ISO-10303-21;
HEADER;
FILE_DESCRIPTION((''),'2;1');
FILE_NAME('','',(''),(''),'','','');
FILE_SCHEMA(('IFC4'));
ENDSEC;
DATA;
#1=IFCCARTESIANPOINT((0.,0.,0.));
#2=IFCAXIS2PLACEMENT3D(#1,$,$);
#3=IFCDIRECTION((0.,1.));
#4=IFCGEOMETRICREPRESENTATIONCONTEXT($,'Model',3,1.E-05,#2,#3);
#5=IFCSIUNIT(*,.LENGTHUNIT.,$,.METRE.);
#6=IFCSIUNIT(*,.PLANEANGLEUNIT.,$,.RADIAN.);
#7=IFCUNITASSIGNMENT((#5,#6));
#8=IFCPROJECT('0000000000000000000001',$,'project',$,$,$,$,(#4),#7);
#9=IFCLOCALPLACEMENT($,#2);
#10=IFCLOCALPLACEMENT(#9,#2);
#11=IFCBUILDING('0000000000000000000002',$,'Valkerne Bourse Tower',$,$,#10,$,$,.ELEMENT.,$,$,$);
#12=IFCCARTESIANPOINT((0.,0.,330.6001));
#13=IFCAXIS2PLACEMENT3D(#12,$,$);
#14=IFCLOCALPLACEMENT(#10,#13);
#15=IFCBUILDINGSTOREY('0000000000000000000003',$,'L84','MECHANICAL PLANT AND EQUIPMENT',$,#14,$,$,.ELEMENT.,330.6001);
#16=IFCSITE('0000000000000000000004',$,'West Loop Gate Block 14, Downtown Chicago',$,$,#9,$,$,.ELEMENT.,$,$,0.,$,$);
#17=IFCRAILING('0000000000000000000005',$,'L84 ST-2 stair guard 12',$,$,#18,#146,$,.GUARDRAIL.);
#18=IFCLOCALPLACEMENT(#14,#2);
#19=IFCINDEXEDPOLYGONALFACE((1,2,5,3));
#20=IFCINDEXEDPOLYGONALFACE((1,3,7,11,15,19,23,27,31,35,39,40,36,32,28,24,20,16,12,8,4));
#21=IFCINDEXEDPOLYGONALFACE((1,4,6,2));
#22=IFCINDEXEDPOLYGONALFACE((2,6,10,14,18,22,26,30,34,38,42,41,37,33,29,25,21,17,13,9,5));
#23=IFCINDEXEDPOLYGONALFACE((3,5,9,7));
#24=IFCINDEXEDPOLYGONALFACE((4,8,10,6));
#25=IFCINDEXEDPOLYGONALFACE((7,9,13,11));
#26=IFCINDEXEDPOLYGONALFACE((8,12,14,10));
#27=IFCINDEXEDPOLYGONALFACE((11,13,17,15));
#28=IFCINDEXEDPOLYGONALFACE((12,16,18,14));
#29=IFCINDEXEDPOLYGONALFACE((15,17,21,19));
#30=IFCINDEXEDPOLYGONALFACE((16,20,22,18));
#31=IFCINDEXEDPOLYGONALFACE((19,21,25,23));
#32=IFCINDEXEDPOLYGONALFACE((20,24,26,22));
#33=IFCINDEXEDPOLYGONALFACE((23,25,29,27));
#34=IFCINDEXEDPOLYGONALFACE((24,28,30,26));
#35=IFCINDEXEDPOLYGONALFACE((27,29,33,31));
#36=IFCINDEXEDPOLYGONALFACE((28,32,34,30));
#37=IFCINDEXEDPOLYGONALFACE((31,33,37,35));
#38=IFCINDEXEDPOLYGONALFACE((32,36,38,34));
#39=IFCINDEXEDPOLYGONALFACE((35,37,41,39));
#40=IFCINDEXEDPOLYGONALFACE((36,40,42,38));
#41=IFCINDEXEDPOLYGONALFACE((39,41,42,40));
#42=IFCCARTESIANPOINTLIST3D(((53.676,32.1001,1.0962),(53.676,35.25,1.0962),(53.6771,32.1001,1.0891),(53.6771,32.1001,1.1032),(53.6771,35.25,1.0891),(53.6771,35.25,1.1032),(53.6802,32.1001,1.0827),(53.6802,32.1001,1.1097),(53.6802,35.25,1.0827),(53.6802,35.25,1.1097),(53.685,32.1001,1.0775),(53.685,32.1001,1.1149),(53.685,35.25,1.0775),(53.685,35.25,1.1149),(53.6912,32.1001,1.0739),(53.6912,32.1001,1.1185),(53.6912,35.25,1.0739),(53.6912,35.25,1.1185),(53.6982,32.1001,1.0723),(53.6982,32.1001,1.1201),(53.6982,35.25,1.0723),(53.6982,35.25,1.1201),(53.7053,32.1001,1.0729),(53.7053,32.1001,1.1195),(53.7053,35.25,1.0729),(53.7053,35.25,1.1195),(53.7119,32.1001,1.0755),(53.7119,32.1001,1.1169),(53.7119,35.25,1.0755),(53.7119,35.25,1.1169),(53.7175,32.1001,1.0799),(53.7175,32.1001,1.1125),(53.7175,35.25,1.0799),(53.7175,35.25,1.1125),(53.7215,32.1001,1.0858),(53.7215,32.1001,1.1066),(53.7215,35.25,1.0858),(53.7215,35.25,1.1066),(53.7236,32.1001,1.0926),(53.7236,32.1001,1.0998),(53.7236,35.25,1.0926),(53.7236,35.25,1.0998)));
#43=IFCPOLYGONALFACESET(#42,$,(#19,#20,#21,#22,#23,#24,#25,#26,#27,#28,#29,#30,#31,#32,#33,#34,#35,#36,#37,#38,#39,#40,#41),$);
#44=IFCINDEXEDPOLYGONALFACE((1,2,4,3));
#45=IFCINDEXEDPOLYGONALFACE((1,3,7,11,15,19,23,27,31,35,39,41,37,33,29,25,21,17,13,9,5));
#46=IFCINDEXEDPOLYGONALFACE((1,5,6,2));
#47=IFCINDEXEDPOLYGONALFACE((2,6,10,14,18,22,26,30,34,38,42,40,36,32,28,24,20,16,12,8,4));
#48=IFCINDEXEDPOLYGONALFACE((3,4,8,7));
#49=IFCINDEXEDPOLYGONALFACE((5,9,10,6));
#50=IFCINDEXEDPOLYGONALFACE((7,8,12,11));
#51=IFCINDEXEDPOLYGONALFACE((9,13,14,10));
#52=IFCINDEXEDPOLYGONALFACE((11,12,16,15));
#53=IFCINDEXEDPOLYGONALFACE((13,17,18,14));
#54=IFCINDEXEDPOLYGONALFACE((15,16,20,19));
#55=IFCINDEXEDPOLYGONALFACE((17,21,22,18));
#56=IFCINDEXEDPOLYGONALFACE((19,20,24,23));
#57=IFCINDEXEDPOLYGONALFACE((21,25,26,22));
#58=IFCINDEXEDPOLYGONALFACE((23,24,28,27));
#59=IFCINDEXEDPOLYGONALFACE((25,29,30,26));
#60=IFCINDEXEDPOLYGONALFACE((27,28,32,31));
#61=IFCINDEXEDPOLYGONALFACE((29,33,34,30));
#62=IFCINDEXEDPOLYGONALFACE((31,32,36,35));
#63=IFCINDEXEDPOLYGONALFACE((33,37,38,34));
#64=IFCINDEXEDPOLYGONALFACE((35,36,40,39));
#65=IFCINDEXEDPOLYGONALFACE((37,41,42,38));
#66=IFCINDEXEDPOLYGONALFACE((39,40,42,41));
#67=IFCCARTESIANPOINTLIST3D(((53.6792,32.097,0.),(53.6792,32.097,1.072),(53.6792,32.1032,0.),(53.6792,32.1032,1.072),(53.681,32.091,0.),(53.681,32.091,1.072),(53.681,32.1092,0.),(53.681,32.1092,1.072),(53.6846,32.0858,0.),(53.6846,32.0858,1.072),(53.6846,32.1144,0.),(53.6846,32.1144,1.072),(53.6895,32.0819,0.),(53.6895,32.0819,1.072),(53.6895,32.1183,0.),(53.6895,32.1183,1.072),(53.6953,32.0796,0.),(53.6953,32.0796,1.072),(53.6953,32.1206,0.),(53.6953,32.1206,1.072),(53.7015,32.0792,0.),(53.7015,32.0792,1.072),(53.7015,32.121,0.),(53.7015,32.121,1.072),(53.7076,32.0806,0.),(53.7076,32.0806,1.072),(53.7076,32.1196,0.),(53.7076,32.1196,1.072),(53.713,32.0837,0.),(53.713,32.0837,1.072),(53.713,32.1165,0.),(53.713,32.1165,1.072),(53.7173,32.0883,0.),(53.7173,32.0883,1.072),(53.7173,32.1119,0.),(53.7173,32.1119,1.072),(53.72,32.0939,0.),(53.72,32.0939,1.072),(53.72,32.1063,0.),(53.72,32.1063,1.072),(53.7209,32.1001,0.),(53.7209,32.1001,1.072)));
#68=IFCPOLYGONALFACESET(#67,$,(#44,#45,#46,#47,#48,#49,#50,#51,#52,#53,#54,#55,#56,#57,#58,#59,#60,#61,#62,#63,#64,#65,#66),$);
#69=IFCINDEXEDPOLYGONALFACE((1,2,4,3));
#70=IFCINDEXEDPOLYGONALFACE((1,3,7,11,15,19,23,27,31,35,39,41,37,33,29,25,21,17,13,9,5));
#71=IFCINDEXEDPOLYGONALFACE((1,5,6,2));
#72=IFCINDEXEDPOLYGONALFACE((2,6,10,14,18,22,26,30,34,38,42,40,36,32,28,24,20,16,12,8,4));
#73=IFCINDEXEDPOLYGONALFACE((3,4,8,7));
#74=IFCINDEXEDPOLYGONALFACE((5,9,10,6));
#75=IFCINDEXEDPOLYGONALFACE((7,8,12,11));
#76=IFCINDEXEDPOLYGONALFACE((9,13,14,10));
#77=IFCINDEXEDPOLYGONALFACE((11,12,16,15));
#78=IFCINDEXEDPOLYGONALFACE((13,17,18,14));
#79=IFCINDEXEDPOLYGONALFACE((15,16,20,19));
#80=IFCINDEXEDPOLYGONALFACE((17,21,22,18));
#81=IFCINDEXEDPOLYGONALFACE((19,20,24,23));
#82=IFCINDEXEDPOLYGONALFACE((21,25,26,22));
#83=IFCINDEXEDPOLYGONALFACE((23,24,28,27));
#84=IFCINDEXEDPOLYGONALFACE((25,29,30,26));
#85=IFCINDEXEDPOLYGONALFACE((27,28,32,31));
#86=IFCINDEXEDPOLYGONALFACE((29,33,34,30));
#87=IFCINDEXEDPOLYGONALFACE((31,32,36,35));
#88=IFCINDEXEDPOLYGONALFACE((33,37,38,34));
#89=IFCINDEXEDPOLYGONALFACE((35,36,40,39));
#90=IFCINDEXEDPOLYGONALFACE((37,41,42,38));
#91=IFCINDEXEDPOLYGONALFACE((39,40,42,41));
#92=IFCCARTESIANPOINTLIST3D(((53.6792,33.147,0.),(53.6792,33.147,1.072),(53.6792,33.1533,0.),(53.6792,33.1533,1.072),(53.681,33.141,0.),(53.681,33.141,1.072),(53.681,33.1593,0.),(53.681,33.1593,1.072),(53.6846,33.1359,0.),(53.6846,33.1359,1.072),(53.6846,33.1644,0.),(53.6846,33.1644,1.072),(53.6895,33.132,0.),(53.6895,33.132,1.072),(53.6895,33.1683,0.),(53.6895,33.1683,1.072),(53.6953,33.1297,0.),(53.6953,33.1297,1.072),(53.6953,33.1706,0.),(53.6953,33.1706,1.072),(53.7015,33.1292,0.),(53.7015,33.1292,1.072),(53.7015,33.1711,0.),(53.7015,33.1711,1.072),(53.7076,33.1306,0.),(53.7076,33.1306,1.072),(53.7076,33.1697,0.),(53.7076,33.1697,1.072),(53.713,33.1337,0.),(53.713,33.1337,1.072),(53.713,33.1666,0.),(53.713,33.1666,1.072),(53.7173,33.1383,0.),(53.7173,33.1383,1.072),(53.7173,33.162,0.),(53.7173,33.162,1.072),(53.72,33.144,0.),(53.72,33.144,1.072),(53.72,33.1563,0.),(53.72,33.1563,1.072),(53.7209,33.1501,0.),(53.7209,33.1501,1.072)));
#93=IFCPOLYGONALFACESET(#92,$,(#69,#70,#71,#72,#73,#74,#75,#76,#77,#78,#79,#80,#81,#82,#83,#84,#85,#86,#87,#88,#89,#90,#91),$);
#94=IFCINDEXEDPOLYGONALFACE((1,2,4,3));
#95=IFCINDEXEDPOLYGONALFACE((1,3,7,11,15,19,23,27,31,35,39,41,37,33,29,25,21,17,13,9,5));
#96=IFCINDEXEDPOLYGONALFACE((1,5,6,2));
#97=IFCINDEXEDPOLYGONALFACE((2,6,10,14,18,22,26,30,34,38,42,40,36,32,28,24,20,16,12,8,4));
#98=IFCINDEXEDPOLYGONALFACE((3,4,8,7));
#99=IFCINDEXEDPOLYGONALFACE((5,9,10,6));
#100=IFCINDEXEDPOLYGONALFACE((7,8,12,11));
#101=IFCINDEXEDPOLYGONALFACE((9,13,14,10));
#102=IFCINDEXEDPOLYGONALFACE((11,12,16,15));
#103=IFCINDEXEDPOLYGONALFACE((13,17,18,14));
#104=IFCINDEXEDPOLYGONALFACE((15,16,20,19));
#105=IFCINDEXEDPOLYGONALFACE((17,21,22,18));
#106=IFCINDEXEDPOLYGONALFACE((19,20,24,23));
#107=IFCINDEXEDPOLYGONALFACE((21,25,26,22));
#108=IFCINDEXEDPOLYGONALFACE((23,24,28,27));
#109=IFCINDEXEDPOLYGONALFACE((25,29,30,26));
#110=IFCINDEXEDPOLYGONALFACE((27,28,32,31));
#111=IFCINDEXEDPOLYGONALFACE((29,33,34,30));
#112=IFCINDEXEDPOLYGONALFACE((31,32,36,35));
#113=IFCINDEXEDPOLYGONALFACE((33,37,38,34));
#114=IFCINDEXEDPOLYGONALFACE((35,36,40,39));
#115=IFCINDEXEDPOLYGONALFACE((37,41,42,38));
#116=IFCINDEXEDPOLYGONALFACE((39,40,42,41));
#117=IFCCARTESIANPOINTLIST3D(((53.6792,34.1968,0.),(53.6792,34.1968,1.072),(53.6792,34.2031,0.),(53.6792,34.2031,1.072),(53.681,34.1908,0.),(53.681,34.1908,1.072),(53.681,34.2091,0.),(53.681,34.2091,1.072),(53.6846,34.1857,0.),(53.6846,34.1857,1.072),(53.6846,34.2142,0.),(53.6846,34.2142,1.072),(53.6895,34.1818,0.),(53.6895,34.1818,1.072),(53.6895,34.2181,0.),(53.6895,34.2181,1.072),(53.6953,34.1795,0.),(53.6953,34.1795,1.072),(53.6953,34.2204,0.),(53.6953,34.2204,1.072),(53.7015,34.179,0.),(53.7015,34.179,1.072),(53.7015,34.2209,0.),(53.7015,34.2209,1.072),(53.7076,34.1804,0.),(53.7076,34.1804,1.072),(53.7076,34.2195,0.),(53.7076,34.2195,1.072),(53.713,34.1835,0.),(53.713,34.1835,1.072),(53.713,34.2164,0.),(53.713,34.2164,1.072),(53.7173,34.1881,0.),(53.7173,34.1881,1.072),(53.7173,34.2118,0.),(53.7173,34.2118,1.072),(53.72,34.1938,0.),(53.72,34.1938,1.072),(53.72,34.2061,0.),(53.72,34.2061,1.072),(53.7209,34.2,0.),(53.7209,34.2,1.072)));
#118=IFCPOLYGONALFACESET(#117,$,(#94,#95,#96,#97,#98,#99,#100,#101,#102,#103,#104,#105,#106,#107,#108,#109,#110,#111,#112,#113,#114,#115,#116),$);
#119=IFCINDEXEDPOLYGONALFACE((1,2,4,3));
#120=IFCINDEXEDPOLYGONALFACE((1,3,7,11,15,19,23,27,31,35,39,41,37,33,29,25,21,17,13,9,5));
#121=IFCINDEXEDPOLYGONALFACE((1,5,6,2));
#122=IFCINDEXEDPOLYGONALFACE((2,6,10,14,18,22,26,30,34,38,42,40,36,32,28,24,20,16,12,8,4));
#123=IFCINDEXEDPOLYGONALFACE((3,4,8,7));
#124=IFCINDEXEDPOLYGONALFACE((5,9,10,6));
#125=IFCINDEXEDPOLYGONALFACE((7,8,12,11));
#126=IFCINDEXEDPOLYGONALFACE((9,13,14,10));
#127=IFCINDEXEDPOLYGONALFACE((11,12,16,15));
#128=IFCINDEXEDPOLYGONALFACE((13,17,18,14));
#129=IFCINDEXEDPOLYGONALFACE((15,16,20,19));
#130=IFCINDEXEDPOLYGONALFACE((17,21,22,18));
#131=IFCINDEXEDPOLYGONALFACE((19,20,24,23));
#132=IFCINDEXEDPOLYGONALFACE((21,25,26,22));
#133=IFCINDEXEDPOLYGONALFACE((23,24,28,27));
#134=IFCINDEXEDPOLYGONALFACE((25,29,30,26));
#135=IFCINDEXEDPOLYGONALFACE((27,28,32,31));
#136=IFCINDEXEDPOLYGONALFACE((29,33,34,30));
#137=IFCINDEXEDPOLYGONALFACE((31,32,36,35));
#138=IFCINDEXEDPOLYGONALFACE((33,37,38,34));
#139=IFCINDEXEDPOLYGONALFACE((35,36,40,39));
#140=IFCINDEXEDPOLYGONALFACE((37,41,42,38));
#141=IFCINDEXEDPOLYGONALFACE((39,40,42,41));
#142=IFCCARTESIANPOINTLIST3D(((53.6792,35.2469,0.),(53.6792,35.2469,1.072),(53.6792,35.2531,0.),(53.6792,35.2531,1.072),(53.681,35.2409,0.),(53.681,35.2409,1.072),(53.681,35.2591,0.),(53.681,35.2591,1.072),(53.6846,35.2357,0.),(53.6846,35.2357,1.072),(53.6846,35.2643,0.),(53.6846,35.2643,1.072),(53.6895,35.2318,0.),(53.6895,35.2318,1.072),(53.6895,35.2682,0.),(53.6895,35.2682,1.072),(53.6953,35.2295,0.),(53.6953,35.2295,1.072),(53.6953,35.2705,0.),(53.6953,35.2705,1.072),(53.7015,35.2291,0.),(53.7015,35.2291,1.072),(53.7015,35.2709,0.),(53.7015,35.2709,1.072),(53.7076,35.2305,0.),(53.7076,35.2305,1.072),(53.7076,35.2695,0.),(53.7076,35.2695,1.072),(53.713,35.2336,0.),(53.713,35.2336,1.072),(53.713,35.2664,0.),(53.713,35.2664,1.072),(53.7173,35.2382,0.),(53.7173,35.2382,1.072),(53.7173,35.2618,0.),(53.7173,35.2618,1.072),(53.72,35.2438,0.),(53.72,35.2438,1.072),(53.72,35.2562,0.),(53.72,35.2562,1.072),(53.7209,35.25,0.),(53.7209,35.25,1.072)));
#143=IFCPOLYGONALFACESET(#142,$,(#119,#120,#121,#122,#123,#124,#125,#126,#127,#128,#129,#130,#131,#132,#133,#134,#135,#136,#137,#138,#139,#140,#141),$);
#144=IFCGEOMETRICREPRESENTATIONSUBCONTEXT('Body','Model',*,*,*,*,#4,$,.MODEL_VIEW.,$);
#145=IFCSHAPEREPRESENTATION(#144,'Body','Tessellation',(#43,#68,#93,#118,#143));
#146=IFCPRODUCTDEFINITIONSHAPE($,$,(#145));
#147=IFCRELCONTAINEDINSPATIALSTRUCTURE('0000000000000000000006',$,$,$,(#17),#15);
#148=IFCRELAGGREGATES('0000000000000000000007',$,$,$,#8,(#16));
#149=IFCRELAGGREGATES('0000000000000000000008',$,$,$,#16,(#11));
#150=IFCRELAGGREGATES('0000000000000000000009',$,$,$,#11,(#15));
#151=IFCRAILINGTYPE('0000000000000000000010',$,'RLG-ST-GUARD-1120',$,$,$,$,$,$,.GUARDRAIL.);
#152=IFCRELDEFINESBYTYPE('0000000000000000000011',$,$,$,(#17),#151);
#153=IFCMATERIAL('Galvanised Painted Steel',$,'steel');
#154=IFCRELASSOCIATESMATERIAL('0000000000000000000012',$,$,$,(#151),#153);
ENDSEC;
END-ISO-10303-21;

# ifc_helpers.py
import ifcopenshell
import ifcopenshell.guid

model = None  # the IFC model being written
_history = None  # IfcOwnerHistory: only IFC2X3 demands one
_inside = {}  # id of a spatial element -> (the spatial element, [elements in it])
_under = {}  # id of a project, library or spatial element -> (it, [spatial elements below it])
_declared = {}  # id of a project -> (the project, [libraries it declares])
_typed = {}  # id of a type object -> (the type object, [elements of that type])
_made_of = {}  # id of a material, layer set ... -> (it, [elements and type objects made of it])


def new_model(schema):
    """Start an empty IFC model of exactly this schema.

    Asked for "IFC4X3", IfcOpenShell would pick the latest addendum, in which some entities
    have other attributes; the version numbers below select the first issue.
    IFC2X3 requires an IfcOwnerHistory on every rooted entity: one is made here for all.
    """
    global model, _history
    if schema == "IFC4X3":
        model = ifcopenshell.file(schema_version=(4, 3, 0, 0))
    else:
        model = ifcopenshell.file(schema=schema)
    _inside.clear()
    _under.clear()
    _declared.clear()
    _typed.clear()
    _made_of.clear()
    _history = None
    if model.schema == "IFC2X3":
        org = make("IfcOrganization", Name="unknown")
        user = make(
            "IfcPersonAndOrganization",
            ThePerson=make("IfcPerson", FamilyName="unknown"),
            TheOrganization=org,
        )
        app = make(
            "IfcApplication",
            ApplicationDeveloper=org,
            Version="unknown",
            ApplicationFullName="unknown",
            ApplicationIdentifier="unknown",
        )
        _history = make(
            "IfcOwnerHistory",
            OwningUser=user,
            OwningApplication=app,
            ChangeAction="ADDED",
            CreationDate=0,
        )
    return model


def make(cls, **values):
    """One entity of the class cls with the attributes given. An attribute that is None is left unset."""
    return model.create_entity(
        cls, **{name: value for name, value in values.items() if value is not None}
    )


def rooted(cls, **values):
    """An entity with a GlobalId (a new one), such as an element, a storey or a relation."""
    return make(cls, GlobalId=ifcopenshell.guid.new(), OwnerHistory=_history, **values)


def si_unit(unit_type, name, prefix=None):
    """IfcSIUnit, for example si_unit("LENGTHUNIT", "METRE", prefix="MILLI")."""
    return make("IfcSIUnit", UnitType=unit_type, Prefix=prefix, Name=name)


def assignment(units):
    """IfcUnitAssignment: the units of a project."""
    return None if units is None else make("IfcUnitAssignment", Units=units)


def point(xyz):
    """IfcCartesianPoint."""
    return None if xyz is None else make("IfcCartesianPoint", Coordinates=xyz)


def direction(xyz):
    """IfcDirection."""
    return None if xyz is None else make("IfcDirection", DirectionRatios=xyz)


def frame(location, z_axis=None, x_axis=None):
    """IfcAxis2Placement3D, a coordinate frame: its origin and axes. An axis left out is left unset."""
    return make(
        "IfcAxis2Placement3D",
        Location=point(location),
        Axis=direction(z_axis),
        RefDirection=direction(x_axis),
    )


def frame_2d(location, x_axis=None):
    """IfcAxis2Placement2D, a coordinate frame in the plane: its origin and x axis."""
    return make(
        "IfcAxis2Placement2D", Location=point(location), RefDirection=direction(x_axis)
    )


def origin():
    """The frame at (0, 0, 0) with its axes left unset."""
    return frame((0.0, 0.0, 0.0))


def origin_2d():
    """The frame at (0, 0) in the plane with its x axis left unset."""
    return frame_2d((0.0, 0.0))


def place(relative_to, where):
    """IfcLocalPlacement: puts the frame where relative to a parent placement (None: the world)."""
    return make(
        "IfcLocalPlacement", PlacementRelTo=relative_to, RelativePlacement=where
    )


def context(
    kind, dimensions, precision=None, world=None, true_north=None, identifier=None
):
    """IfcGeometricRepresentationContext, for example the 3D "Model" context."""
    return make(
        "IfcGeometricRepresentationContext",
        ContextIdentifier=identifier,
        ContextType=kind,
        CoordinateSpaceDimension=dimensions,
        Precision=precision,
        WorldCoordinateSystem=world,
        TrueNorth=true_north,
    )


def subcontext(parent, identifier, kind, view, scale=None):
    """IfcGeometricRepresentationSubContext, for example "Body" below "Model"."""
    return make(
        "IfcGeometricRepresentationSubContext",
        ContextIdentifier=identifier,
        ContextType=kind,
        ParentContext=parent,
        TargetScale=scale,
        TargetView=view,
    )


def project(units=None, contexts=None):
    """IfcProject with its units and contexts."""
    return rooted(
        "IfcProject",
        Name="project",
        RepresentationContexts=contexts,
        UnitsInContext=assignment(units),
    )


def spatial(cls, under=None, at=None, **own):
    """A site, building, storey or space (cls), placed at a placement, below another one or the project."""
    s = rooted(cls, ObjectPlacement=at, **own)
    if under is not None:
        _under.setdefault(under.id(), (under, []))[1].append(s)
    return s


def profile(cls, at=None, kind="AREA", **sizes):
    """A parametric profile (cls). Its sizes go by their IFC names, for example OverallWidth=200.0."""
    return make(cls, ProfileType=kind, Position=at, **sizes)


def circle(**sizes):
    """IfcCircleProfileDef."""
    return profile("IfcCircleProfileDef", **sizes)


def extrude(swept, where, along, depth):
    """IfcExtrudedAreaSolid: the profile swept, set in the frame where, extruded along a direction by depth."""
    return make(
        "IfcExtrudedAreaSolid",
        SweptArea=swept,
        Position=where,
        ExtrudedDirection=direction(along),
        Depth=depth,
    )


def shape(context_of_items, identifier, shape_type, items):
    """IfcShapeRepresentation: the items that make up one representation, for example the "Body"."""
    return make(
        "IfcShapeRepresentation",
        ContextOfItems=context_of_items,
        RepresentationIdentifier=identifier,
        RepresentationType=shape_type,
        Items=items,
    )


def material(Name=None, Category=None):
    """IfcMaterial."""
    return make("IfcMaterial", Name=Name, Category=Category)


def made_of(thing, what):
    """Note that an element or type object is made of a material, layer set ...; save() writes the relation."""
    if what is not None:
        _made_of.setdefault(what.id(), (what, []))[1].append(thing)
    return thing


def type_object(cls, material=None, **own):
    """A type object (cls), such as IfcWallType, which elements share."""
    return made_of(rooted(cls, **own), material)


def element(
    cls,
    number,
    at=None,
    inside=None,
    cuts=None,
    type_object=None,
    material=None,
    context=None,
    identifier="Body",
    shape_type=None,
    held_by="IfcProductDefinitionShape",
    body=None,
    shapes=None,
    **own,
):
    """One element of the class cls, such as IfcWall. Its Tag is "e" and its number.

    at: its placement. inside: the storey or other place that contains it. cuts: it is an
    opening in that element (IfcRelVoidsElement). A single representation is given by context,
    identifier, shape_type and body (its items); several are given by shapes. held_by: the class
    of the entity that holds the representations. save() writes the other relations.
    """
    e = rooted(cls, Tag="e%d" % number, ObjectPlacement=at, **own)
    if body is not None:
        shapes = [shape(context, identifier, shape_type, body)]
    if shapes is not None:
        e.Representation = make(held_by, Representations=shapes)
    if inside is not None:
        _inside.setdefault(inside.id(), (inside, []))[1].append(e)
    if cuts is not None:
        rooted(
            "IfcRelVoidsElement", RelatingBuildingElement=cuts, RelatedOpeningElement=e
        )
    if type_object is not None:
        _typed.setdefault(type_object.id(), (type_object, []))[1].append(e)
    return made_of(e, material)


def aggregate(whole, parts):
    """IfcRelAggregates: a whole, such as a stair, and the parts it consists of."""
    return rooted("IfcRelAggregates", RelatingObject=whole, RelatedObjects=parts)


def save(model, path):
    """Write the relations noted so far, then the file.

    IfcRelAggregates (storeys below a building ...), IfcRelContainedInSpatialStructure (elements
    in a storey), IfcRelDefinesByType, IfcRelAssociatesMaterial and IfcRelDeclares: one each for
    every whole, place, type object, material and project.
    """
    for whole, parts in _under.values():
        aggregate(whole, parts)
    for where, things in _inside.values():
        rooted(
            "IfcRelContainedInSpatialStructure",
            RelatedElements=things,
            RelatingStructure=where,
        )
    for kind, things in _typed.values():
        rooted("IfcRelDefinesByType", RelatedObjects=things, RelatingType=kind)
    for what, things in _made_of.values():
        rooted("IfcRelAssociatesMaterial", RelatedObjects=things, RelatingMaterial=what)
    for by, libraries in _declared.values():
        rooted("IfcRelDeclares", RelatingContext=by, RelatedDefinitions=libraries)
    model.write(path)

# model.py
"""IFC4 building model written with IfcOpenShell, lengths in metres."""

from ifc_helpers import new_model, si_unit, direction, frame, origin, origin_2d, place, context, subcontext, project, spatial, circle, extrude, material, type_object, element, save


model = new_model("IFC4")

# Units and contexts
model_context = context("Model", 3, precision=1e-05, world=origin(), true_north=direction((0.0, 1.0)))
body_context = subcontext(model_context, "Body", "Model", "MODEL_VIEW")
ifc_project = project(units=[si_unit("LENGTHUNIT", "METRE"), si_unit("PLANEANGLEUNIT", "RADIAN")], contexts=[model_context])

# Site, building, storey
site_placement = place(None, origin())
site = spatial("IfcSite", under=ifc_project, at=site_placement, Name="West Loop Gate Block 14, Downtown Chicago", CompositionType="ELEMENT", RefElevation=0.0)
building_placement = place(site_placement, origin())
building = spatial("IfcBuilding", under=site, at=building_placement, Name="Valkerne Bourse Tower", CompositionType="ELEMENT")
storey_placement = place(building_placement, frame((0.0, 0.0, 330.6001)))
storey = spatial("IfcBuildingStorey", under=building, at=storey_placement, Name="L84", Description="MECHANICAL PLANT AND EQUIPMENT", CompositionType="ELEMENT", Elevation=330.6001)

# Railing
ifc_material_1 = material(Name="Galvanised Painted Steel", Category="steel")
railing_type = type_object("IfcRailingType", Name="RLG-ST-GUARD-1120", PredefinedType="GUARDRAIL", material=ifc_material_1)
railing_1_placement = place(storey_placement, frame((53.7, 32.1001, 0.0)))
element("IfcRailing", 1, at=railing_1_placement, inside=storey, type_object=railing_type, Name="L84 ST-2 stair guard 12", PredefinedType="GUARDRAIL", context=body_context, shape_type="SweptSolid", body=[
    extrude(circle(Radius=0.0239, at=origin_2d()), frame((0.0, 0.0, 1.0962), z_axis=(0.0, 1.0, 0.0), x_axis=(-1.0, 0.0, 0.0)), (0.0, 0.0, 1.0), 3.1499),
    extrude(circle(Radius=0.021, at=origin_2d()), origin(), (0.0, 0.0, 1.0), 1.072),
    extrude(circle(Radius=0.021, at=origin_2d()), frame((0.0, 1.05, 0.0)), (0.0, 0.0, 1.0), 1.072),
    extrude(circle(Radius=0.021, at=origin_2d()), frame((0.0, 2.0999, 0.0)), (0.0, 0.0, 1.0), 1.072),
    extrude(circle(Radius=0.021, at=origin_2d()), frame((0.0, 3.1499, 0.0)), (0.0, 0.0, 1.0), 1.072),
])

save(model, "model.ifc")
